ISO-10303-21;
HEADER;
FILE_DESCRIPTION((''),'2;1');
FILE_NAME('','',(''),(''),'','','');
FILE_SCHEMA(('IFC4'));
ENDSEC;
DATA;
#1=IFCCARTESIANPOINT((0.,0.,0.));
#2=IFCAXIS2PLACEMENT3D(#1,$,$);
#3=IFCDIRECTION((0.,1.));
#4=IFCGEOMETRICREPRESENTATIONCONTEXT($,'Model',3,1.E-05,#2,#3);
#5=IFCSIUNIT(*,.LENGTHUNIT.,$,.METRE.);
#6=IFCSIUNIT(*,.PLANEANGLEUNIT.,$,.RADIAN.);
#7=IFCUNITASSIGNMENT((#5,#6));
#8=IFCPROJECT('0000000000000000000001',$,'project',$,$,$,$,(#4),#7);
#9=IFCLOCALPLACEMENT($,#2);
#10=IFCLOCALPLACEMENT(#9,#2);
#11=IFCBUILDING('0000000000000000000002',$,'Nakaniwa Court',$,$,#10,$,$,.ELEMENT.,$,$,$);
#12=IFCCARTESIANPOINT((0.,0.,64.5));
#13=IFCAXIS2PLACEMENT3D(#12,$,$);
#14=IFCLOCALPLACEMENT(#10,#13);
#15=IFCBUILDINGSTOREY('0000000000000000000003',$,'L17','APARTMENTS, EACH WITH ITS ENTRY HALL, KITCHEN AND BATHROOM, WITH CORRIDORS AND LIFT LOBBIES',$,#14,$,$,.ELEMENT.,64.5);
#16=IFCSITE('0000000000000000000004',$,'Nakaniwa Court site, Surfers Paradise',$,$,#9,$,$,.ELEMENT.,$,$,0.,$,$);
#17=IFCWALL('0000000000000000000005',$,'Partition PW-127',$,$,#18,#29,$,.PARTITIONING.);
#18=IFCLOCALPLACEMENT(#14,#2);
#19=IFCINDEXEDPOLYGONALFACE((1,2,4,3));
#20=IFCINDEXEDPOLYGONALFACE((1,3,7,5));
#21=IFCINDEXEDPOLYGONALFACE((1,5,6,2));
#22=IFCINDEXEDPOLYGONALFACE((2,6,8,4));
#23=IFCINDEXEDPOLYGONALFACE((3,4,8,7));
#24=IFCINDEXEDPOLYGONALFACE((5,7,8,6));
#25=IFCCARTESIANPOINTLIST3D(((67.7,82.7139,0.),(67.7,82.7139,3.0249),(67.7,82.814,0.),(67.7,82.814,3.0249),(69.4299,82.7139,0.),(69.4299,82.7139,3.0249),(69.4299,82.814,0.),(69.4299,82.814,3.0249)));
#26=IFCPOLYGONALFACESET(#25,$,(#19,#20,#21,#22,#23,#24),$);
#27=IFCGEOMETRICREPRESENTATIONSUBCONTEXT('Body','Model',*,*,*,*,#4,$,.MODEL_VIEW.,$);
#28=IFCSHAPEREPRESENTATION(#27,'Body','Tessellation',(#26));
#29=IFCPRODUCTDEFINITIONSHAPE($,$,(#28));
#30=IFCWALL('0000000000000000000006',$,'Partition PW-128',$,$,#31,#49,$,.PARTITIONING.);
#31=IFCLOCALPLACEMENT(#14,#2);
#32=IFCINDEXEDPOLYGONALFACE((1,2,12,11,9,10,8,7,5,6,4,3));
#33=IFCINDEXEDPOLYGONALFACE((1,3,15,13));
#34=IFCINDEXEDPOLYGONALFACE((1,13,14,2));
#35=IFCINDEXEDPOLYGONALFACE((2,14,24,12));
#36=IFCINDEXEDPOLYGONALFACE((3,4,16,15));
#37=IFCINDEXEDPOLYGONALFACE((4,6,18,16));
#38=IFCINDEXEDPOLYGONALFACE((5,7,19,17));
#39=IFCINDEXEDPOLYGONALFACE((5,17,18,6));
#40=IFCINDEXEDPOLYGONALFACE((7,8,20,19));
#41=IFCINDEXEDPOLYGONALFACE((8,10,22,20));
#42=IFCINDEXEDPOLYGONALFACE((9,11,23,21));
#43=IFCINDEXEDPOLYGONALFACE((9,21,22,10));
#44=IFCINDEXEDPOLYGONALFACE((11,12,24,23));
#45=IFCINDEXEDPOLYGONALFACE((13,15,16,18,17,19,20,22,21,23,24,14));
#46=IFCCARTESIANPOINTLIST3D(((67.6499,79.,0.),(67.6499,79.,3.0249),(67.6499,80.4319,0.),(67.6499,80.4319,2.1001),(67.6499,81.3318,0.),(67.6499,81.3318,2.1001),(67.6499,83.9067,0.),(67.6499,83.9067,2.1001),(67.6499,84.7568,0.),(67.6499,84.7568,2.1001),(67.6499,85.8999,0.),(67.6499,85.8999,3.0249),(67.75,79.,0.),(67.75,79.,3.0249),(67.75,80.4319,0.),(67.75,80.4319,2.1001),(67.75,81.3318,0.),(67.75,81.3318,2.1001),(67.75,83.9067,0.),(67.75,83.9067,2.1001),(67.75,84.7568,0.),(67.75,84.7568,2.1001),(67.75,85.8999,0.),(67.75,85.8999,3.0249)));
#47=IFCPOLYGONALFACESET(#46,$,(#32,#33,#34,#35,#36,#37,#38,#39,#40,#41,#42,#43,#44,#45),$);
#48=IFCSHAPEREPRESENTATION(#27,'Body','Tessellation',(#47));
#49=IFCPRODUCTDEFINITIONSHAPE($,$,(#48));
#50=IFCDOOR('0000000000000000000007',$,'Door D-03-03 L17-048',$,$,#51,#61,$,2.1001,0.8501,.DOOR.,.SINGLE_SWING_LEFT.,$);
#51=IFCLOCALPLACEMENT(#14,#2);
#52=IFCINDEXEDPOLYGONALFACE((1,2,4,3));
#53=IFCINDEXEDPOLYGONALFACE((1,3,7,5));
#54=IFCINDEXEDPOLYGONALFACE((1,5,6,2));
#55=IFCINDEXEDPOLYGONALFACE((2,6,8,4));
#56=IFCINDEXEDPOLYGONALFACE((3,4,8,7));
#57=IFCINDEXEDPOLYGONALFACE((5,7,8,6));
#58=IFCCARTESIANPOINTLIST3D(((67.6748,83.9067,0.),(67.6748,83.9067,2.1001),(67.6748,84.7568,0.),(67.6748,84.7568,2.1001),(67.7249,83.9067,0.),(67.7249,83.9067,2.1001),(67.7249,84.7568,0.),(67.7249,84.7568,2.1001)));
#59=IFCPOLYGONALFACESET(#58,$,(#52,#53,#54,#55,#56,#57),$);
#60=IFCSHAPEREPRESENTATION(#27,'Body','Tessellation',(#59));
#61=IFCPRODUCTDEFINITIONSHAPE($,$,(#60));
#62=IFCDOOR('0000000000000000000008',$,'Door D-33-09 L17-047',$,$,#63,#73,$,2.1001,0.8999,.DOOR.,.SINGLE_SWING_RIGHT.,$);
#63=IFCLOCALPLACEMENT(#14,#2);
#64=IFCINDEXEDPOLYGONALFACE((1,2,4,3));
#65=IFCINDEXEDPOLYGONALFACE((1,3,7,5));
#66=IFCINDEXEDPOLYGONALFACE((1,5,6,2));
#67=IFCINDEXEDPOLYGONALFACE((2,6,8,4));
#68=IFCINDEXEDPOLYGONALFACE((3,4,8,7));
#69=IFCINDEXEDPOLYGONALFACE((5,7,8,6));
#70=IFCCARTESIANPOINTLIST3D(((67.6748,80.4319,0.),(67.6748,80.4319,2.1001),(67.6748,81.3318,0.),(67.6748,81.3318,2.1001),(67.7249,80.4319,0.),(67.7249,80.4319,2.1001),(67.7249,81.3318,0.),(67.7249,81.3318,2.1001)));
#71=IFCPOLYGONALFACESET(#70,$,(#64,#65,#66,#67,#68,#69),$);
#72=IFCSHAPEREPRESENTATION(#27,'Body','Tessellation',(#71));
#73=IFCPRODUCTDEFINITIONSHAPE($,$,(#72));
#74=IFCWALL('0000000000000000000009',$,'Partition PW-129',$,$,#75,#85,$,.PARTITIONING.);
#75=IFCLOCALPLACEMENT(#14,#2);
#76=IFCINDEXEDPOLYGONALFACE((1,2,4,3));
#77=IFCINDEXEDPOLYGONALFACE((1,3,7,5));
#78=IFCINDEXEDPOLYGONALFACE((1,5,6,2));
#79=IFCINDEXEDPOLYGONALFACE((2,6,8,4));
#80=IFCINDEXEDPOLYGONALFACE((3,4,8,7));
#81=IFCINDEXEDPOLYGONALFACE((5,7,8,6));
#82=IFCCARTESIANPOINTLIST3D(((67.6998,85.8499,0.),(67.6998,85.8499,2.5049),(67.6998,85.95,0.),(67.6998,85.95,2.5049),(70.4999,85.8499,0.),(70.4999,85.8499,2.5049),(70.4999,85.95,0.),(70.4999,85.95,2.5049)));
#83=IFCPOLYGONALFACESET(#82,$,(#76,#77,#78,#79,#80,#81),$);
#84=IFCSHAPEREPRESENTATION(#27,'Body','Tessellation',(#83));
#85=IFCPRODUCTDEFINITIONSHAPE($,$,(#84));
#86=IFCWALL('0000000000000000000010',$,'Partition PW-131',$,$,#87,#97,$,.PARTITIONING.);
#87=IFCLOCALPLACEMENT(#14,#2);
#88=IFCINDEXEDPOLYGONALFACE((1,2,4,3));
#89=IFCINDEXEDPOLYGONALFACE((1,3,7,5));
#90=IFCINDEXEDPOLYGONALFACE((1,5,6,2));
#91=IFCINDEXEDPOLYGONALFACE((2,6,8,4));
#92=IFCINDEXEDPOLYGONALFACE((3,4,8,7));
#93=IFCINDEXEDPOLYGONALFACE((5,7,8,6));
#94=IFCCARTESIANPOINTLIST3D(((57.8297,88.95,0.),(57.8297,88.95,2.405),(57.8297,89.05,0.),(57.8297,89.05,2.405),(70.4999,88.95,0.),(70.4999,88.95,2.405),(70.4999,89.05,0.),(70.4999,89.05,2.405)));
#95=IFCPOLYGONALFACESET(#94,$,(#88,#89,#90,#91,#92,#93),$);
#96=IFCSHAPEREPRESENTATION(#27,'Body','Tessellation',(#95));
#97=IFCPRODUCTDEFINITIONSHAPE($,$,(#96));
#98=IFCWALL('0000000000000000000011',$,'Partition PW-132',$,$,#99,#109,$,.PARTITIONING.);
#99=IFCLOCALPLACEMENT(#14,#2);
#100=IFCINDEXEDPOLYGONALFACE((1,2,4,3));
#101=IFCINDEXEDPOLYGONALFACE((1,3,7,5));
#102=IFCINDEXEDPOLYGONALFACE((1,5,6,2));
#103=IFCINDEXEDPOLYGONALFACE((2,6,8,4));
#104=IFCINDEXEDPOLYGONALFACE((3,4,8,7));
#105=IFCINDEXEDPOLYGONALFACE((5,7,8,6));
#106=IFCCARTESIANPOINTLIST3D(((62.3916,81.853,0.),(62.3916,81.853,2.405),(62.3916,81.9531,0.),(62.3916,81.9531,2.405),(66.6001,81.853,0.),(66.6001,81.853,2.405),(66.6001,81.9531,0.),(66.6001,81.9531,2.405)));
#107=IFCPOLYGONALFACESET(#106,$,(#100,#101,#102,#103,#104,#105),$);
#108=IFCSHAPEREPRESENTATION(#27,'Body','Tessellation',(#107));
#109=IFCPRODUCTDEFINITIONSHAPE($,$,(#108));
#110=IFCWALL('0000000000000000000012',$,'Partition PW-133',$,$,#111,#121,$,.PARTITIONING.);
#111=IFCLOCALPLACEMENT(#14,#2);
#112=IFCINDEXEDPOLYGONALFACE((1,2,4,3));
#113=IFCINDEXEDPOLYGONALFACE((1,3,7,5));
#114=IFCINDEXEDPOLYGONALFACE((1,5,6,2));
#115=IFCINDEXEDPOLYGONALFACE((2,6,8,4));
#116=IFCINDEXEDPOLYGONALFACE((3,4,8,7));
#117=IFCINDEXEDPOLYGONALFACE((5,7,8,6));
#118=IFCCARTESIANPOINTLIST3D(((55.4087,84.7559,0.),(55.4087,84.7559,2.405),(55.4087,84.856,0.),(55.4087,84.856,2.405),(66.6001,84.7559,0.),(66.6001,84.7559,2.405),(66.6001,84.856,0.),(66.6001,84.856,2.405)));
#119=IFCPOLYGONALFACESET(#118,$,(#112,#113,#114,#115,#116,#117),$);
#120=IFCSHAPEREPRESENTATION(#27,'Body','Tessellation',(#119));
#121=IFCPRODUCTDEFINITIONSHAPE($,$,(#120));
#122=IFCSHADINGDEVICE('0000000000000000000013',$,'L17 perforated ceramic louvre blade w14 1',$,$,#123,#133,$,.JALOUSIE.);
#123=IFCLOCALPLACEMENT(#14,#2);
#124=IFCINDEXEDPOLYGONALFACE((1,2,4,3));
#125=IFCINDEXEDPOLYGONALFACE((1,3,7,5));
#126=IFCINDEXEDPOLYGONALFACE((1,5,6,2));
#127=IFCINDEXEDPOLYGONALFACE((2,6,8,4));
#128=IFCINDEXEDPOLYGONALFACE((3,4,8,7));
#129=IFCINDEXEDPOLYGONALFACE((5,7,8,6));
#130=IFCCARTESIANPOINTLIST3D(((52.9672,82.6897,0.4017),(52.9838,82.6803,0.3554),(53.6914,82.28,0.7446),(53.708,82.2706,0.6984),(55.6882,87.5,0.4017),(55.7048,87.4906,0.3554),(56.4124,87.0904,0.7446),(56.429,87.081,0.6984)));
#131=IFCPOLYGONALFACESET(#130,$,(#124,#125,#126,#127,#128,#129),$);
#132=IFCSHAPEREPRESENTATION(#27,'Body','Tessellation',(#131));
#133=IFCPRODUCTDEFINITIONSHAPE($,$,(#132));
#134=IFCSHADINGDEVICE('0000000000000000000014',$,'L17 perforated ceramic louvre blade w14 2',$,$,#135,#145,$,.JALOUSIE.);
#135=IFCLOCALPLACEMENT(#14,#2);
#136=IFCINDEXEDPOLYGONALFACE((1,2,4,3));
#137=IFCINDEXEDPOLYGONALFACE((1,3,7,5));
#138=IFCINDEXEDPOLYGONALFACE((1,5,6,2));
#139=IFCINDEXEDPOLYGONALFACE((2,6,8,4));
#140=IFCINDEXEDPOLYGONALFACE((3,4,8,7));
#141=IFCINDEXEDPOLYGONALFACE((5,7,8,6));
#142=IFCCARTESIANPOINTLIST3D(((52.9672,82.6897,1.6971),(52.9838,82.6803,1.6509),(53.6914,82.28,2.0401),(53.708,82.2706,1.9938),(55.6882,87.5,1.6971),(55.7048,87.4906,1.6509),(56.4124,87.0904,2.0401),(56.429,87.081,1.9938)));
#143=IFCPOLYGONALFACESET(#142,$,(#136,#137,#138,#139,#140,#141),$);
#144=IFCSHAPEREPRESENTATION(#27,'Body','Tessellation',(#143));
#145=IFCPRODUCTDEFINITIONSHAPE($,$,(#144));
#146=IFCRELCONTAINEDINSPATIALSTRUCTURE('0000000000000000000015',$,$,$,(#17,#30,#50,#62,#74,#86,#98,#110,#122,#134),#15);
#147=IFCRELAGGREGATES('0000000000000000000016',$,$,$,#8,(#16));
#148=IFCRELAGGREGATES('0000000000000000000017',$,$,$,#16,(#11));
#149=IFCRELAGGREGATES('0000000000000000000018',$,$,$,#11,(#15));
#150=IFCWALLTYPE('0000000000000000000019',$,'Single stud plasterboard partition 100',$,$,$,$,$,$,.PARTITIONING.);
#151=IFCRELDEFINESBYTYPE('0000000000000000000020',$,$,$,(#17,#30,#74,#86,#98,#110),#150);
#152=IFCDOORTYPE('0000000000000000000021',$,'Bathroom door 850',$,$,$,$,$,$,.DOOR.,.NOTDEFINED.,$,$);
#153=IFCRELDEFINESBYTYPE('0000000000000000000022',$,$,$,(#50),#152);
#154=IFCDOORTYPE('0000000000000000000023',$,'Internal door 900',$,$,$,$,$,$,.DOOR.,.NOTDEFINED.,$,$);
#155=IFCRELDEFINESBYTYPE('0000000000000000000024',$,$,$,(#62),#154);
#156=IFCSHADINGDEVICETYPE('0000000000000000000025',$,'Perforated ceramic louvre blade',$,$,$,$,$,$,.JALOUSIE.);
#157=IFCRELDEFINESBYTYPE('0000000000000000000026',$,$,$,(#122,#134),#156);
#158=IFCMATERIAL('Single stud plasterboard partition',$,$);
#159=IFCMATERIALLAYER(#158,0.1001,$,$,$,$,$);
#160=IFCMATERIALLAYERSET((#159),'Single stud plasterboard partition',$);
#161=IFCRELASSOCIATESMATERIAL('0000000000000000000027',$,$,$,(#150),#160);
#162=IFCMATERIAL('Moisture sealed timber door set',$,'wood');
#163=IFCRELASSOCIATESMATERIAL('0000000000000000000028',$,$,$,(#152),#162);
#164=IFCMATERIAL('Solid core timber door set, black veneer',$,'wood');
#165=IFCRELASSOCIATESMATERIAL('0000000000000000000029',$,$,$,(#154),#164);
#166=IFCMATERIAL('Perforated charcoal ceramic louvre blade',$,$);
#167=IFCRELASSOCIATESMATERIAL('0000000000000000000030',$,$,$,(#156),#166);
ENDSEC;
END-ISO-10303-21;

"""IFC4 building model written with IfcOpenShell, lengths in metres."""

from ifc_helpers import new_model, si_unit, direction, frame, frame_2d, origin, origin_2d, place, context, subcontext, project, spatial, rectangle, extrude, material, layer, layer_set, material_profile, profile_set, type_object, element, fill, save


model = new_model("IFC4")

# Units and contexts
model_context = context("Model", 3, precision=1e-05, world=origin(), true_north=direction((0.0, 1.0)))
body_context = subcontext(model_context, "Body", "Model", "MODEL_VIEW")
ifc_project = project(units=[si_unit("LENGTHUNIT", "METRE"), si_unit("PLANEANGLEUNIT", "RADIAN")], contexts=[model_context])

# Site, building, storey
site_placement = place(None, origin())
site = spatial("IfcSite", under=ifc_project, at=site_placement, Name="Nakaniwa Court site, Surfers Paradise", CompositionType="ELEMENT", RefElevation=0.0)
building_placement = place(site_placement, origin())
building = spatial("IfcBuilding", under=site, at=building_placement, Name="Nakaniwa Court", CompositionType="ELEMENT")
storey_placement = place(building_placement, frame((0.0, 0.0, 64.5)))
storey = spatial("IfcBuildingStorey", under=building, at=storey_placement, Name="L17", Description="APARTMENTS, EACH WITH ITS ENTRY HALL, KITCHEN AND BATHROOM, WITH CORRIDORS AND LIFT LOBBIES", CompositionType="ELEMENT", Elevation=64.5)

# Wall
ifc_material_1 = material(Name="Single stud plasterboard partition")
ifc_layer_1 = layer(ifc_material_1, 0.1001)
ifc_layer_set_1 = layer_set([ifc_layer_1], Name="Single stud plasterboard partition")
wall_type_1 = type_object("IfcWallType", Name="Single stud plasterboard partition 100", PredefinedType="PARTITIONING", material=ifc_layer_set_1)
wall_1_placement = place(storey_placement, frame((67.7, 82.7639, 0.0), z_axis=(0.0, 0.0, 1.0), x_axis=(1.0, 0.0, 0.0)))
element("IfcWall", 1, at=wall_1_placement, inside=storey, type_object=wall_type_1, Name="Partition PW-127", PredefinedType="PARTITIONING", context=body_context, shape_type="SweptSolid", body=[
    extrude(rectangle(XDim=1.73, YDim=0.1001, at=frame_2d((0.865, 0.0))), origin(), (0.0, 0.0, 1.0), 3.0249),
])

# Wall, openings, doors
wall_2_placement = place(storey_placement, frame((67.7, 85.8999, 0.0), z_axis=(0.0, 0.0, 1.0), x_axis=(0.0, -1.0, 0.0)))
wall_2 = element("IfcWall", 2, at=wall_2_placement, inside=storey, type_object=wall_type_1, Name="Partition PW-128", PredefinedType="PARTITIONING", context=body_context, shape_type="SweptSolid", body=[
    extrude(rectangle(XDim=6.8999, YDim=0.1001, at=frame_2d((3.45, 0.0))), origin(), (0.0, 0.0, 1.0), 3.0249),
])
opening_1_placement = place(wall_2_placement, frame((4.5681, 0.0, 0.0)))
opening_1 = element("IfcOpeningElement", 3, at=opening_1_placement, cuts=wall_2, PredefinedType="OPENING", context=body_context, shape_type="SweptSolid", body=[
    extrude(rectangle(XDim=0.8999, YDim=2.1001, at=frame_2d((0.45, 1.05))), frame((0.0, 0.0601, 0.0), z_axis=(0.0, -1.0, 0.0), x_axis=(1.0, 0.0, 0.0)), (0.0, 0.0, 1.0), 0.1201),
])
opening_2_placement = place(wall_2_placement, frame((1.1431, 0.0, 0.0)))
opening_2 = element("IfcOpeningElement", 4, at=opening_2_placement, cuts=wall_2, PredefinedType="OPENING", context=body_context, shape_type="SweptSolid", body=[
    extrude(rectangle(XDim=0.8501, YDim=2.1001, at=frame_2d((0.425, 1.05))), frame((0.0, 0.0601, 0.0), z_axis=(0.0, -1.0, 0.0), x_axis=(1.0, 0.0, 0.0)), (0.0, 0.0, 1.0), 0.1201),
])
ifc_material_2 = material(Name="Moisture sealed timber door set", Category="wood")
door_type_1 = type_object("IfcDoorType", Name="Bathroom door 850", OperationType="NOTDEFINED", PredefinedType="DOOR", material=ifc_material_2)
door_1_placement = place(opening_2_placement, origin())
door_1 = element("IfcDoor", 5, at=door_1_placement, inside=storey, type_object=door_type_1, Name="Door D-03-03 L17-048", OperationType="SINGLE_SWING_LEFT", OverallHeight=2.1001, OverallWidth=0.8501, PredefinedType="DOOR", context=body_context, shape_type="SweptSolid", body=[
    extrude(rectangle(XDim=0.8501, YDim=2.1001, at=frame_2d((0.425, 1.05))), frame((0.0, 0.0249, 0.0), z_axis=(0.0, -1.0, 0.0), x_axis=(1.0, 0.0, 0.0)), (0.0, 0.0, 1.0), 0.05),
])
fill(opening_2, door_1)
ifc_material_3 = material(Name="Solid core timber door set, black veneer", Category="wood")
door_type_2 = type_object("IfcDoorType", Name="Internal door 900", OperationType="NOTDEFINED", PredefinedType="DOOR", material=ifc_material_3)
door_2_placement = place(opening_1_placement, origin())
door_2 = element("IfcDoor", 6, at=door_2_placement, inside=storey, type_object=door_type_2, Name="Door D-33-09 L17-047", OperationType="SINGLE_SWING_RIGHT", OverallHeight=2.1001, OverallWidth=0.8999, PredefinedType="DOOR", context=body_context, shape_type="SweptSolid", body=[
    extrude(rectangle(XDim=0.8999, YDim=2.1001, at=frame_2d((0.45, 1.05))), frame((0.0, 0.0249, 0.0), z_axis=(0.0, -1.0, 0.0), x_axis=(1.0, 0.0, 0.0)), (0.0, 0.0, 1.0), 0.05),
])
fill(opening_1, door_2)

# Walls
wall_3_placement = place(storey_placement, frame((67.7, 85.8999, 0.0), z_axis=(0.0, 0.0, 1.0), x_axis=(1.0, 0.0, 0.0)))
element("IfcWall", 7, at=wall_3_placement, inside=storey, type_object=wall_type_1, Name="Partition PW-129", PredefinedType="PARTITIONING", context=body_context, shape_type="SweptSolid", body=[
    extrude(rectangle(XDim=2.8, YDim=0.1001, at=frame_2d((1.3999, 0.0))), origin(), (0.0, 0.0, 1.0), 2.5049),
])
wall_4_placement = place(storey_placement, frame((57.8298, 89.0, 0.0), z_axis=(0.0, 0.0, 1.0), x_axis=(1.0, 0.0, 0.0)))
element("IfcWall", 8, at=wall_4_placement, inside=storey, type_object=wall_type_1, Name="Partition PW-131", PredefinedType="PARTITIONING", context=body_context, shape_type="SweptSolid", body=[
    extrude(rectangle(XDim=12.6702, YDim=0.1001, at=frame_2d((6.335, 0.0))), origin(), (0.0, 0.0, 1.0), 2.405),
])
wall_5_placement = place(storey_placement, frame((62.3916, 81.9031, 0.0), z_axis=(0.0, 0.0, 1.0), x_axis=(1.0, 0.0, 0.0)))
element("IfcWall", 9, at=wall_5_placement, inside=storey, type_object=wall_type_1, Name="Partition PW-132", PredefinedType="PARTITIONING", context=body_context, shape_type="SweptSolid", body=[
    extrude(rectangle(XDim=4.2085, YDim=0.1001, at=frame_2d((2.1042, 0.0))), origin(), (0.0, 0.0, 1.0), 2.405),
])
wall_6_placement = place(storey_placement, frame((55.4087, 84.8059, 0.0), z_axis=(0.0, 0.0, 1.0), x_axis=(1.0, 0.0, 0.0)))
element("IfcWall", 10, at=wall_6_placement, inside=storey, type_object=wall_type_1, Name="Partition PW-133", PredefinedType="PARTITIONING", context=body_context, shape_type="SweptSolid", body=[
    extrude(rectangle(XDim=11.1914, YDim=0.1001, at=frame_2d((5.5957, 0.0))), origin(), (0.0, 0.0, 1.0), 2.405),
])

# Shading devices
ifc_material_4 = material(Name="Perforated charcoal ceramic louvre blade")
ifc_material_profile_1 = material_profile(ifc_material_4, rectangle(XDim=0.8999, YDim=0.05, at=origin_2d()), Name="Perforated ceramic louvre blade")
ifc_profile_set_1 = profile_set([ifc_material_profile_1], Name="Perforated charcoal ceramic louvre blade")
shading_device_type = type_object("IfcShadingDeviceType", Name="Perforated ceramic louvre blade", PredefinedType="JALOUSIE", material=ifc_profile_set_1)
for number, where, z_axis, x_axis, name in (
    (11, (56.0586, 87.2905, 0.55), (-0.492343, -0.870402, 0.0), (0.804726, -0.455193, 0.38107), "L17 perforated ceramic louvre blade w14 1"),
    (12, (56.0586, 87.2905, 1.8455), (-0.492343, -0.870402, 0.0), (0.804726, -0.455193, 0.38107), "L17 perforated ceramic louvre blade w14 2"),
):
    element("IfcShadingDevice", number, at=place(storey_placement, frame(where, z_axis=z_axis, x_axis=x_axis)), inside=storey, type_object=shading_device_type, Name=name, PredefinedType="JALOUSIE", context=body_context, shape_type="SweptSolid", body=[
        extrude(rectangle(XDim=0.8999, YDim=0.05, at=origin_2d()), origin(), (0.0, 0.0, 1.0), 5.5266),
    ])

save(model, "model.ifc")
